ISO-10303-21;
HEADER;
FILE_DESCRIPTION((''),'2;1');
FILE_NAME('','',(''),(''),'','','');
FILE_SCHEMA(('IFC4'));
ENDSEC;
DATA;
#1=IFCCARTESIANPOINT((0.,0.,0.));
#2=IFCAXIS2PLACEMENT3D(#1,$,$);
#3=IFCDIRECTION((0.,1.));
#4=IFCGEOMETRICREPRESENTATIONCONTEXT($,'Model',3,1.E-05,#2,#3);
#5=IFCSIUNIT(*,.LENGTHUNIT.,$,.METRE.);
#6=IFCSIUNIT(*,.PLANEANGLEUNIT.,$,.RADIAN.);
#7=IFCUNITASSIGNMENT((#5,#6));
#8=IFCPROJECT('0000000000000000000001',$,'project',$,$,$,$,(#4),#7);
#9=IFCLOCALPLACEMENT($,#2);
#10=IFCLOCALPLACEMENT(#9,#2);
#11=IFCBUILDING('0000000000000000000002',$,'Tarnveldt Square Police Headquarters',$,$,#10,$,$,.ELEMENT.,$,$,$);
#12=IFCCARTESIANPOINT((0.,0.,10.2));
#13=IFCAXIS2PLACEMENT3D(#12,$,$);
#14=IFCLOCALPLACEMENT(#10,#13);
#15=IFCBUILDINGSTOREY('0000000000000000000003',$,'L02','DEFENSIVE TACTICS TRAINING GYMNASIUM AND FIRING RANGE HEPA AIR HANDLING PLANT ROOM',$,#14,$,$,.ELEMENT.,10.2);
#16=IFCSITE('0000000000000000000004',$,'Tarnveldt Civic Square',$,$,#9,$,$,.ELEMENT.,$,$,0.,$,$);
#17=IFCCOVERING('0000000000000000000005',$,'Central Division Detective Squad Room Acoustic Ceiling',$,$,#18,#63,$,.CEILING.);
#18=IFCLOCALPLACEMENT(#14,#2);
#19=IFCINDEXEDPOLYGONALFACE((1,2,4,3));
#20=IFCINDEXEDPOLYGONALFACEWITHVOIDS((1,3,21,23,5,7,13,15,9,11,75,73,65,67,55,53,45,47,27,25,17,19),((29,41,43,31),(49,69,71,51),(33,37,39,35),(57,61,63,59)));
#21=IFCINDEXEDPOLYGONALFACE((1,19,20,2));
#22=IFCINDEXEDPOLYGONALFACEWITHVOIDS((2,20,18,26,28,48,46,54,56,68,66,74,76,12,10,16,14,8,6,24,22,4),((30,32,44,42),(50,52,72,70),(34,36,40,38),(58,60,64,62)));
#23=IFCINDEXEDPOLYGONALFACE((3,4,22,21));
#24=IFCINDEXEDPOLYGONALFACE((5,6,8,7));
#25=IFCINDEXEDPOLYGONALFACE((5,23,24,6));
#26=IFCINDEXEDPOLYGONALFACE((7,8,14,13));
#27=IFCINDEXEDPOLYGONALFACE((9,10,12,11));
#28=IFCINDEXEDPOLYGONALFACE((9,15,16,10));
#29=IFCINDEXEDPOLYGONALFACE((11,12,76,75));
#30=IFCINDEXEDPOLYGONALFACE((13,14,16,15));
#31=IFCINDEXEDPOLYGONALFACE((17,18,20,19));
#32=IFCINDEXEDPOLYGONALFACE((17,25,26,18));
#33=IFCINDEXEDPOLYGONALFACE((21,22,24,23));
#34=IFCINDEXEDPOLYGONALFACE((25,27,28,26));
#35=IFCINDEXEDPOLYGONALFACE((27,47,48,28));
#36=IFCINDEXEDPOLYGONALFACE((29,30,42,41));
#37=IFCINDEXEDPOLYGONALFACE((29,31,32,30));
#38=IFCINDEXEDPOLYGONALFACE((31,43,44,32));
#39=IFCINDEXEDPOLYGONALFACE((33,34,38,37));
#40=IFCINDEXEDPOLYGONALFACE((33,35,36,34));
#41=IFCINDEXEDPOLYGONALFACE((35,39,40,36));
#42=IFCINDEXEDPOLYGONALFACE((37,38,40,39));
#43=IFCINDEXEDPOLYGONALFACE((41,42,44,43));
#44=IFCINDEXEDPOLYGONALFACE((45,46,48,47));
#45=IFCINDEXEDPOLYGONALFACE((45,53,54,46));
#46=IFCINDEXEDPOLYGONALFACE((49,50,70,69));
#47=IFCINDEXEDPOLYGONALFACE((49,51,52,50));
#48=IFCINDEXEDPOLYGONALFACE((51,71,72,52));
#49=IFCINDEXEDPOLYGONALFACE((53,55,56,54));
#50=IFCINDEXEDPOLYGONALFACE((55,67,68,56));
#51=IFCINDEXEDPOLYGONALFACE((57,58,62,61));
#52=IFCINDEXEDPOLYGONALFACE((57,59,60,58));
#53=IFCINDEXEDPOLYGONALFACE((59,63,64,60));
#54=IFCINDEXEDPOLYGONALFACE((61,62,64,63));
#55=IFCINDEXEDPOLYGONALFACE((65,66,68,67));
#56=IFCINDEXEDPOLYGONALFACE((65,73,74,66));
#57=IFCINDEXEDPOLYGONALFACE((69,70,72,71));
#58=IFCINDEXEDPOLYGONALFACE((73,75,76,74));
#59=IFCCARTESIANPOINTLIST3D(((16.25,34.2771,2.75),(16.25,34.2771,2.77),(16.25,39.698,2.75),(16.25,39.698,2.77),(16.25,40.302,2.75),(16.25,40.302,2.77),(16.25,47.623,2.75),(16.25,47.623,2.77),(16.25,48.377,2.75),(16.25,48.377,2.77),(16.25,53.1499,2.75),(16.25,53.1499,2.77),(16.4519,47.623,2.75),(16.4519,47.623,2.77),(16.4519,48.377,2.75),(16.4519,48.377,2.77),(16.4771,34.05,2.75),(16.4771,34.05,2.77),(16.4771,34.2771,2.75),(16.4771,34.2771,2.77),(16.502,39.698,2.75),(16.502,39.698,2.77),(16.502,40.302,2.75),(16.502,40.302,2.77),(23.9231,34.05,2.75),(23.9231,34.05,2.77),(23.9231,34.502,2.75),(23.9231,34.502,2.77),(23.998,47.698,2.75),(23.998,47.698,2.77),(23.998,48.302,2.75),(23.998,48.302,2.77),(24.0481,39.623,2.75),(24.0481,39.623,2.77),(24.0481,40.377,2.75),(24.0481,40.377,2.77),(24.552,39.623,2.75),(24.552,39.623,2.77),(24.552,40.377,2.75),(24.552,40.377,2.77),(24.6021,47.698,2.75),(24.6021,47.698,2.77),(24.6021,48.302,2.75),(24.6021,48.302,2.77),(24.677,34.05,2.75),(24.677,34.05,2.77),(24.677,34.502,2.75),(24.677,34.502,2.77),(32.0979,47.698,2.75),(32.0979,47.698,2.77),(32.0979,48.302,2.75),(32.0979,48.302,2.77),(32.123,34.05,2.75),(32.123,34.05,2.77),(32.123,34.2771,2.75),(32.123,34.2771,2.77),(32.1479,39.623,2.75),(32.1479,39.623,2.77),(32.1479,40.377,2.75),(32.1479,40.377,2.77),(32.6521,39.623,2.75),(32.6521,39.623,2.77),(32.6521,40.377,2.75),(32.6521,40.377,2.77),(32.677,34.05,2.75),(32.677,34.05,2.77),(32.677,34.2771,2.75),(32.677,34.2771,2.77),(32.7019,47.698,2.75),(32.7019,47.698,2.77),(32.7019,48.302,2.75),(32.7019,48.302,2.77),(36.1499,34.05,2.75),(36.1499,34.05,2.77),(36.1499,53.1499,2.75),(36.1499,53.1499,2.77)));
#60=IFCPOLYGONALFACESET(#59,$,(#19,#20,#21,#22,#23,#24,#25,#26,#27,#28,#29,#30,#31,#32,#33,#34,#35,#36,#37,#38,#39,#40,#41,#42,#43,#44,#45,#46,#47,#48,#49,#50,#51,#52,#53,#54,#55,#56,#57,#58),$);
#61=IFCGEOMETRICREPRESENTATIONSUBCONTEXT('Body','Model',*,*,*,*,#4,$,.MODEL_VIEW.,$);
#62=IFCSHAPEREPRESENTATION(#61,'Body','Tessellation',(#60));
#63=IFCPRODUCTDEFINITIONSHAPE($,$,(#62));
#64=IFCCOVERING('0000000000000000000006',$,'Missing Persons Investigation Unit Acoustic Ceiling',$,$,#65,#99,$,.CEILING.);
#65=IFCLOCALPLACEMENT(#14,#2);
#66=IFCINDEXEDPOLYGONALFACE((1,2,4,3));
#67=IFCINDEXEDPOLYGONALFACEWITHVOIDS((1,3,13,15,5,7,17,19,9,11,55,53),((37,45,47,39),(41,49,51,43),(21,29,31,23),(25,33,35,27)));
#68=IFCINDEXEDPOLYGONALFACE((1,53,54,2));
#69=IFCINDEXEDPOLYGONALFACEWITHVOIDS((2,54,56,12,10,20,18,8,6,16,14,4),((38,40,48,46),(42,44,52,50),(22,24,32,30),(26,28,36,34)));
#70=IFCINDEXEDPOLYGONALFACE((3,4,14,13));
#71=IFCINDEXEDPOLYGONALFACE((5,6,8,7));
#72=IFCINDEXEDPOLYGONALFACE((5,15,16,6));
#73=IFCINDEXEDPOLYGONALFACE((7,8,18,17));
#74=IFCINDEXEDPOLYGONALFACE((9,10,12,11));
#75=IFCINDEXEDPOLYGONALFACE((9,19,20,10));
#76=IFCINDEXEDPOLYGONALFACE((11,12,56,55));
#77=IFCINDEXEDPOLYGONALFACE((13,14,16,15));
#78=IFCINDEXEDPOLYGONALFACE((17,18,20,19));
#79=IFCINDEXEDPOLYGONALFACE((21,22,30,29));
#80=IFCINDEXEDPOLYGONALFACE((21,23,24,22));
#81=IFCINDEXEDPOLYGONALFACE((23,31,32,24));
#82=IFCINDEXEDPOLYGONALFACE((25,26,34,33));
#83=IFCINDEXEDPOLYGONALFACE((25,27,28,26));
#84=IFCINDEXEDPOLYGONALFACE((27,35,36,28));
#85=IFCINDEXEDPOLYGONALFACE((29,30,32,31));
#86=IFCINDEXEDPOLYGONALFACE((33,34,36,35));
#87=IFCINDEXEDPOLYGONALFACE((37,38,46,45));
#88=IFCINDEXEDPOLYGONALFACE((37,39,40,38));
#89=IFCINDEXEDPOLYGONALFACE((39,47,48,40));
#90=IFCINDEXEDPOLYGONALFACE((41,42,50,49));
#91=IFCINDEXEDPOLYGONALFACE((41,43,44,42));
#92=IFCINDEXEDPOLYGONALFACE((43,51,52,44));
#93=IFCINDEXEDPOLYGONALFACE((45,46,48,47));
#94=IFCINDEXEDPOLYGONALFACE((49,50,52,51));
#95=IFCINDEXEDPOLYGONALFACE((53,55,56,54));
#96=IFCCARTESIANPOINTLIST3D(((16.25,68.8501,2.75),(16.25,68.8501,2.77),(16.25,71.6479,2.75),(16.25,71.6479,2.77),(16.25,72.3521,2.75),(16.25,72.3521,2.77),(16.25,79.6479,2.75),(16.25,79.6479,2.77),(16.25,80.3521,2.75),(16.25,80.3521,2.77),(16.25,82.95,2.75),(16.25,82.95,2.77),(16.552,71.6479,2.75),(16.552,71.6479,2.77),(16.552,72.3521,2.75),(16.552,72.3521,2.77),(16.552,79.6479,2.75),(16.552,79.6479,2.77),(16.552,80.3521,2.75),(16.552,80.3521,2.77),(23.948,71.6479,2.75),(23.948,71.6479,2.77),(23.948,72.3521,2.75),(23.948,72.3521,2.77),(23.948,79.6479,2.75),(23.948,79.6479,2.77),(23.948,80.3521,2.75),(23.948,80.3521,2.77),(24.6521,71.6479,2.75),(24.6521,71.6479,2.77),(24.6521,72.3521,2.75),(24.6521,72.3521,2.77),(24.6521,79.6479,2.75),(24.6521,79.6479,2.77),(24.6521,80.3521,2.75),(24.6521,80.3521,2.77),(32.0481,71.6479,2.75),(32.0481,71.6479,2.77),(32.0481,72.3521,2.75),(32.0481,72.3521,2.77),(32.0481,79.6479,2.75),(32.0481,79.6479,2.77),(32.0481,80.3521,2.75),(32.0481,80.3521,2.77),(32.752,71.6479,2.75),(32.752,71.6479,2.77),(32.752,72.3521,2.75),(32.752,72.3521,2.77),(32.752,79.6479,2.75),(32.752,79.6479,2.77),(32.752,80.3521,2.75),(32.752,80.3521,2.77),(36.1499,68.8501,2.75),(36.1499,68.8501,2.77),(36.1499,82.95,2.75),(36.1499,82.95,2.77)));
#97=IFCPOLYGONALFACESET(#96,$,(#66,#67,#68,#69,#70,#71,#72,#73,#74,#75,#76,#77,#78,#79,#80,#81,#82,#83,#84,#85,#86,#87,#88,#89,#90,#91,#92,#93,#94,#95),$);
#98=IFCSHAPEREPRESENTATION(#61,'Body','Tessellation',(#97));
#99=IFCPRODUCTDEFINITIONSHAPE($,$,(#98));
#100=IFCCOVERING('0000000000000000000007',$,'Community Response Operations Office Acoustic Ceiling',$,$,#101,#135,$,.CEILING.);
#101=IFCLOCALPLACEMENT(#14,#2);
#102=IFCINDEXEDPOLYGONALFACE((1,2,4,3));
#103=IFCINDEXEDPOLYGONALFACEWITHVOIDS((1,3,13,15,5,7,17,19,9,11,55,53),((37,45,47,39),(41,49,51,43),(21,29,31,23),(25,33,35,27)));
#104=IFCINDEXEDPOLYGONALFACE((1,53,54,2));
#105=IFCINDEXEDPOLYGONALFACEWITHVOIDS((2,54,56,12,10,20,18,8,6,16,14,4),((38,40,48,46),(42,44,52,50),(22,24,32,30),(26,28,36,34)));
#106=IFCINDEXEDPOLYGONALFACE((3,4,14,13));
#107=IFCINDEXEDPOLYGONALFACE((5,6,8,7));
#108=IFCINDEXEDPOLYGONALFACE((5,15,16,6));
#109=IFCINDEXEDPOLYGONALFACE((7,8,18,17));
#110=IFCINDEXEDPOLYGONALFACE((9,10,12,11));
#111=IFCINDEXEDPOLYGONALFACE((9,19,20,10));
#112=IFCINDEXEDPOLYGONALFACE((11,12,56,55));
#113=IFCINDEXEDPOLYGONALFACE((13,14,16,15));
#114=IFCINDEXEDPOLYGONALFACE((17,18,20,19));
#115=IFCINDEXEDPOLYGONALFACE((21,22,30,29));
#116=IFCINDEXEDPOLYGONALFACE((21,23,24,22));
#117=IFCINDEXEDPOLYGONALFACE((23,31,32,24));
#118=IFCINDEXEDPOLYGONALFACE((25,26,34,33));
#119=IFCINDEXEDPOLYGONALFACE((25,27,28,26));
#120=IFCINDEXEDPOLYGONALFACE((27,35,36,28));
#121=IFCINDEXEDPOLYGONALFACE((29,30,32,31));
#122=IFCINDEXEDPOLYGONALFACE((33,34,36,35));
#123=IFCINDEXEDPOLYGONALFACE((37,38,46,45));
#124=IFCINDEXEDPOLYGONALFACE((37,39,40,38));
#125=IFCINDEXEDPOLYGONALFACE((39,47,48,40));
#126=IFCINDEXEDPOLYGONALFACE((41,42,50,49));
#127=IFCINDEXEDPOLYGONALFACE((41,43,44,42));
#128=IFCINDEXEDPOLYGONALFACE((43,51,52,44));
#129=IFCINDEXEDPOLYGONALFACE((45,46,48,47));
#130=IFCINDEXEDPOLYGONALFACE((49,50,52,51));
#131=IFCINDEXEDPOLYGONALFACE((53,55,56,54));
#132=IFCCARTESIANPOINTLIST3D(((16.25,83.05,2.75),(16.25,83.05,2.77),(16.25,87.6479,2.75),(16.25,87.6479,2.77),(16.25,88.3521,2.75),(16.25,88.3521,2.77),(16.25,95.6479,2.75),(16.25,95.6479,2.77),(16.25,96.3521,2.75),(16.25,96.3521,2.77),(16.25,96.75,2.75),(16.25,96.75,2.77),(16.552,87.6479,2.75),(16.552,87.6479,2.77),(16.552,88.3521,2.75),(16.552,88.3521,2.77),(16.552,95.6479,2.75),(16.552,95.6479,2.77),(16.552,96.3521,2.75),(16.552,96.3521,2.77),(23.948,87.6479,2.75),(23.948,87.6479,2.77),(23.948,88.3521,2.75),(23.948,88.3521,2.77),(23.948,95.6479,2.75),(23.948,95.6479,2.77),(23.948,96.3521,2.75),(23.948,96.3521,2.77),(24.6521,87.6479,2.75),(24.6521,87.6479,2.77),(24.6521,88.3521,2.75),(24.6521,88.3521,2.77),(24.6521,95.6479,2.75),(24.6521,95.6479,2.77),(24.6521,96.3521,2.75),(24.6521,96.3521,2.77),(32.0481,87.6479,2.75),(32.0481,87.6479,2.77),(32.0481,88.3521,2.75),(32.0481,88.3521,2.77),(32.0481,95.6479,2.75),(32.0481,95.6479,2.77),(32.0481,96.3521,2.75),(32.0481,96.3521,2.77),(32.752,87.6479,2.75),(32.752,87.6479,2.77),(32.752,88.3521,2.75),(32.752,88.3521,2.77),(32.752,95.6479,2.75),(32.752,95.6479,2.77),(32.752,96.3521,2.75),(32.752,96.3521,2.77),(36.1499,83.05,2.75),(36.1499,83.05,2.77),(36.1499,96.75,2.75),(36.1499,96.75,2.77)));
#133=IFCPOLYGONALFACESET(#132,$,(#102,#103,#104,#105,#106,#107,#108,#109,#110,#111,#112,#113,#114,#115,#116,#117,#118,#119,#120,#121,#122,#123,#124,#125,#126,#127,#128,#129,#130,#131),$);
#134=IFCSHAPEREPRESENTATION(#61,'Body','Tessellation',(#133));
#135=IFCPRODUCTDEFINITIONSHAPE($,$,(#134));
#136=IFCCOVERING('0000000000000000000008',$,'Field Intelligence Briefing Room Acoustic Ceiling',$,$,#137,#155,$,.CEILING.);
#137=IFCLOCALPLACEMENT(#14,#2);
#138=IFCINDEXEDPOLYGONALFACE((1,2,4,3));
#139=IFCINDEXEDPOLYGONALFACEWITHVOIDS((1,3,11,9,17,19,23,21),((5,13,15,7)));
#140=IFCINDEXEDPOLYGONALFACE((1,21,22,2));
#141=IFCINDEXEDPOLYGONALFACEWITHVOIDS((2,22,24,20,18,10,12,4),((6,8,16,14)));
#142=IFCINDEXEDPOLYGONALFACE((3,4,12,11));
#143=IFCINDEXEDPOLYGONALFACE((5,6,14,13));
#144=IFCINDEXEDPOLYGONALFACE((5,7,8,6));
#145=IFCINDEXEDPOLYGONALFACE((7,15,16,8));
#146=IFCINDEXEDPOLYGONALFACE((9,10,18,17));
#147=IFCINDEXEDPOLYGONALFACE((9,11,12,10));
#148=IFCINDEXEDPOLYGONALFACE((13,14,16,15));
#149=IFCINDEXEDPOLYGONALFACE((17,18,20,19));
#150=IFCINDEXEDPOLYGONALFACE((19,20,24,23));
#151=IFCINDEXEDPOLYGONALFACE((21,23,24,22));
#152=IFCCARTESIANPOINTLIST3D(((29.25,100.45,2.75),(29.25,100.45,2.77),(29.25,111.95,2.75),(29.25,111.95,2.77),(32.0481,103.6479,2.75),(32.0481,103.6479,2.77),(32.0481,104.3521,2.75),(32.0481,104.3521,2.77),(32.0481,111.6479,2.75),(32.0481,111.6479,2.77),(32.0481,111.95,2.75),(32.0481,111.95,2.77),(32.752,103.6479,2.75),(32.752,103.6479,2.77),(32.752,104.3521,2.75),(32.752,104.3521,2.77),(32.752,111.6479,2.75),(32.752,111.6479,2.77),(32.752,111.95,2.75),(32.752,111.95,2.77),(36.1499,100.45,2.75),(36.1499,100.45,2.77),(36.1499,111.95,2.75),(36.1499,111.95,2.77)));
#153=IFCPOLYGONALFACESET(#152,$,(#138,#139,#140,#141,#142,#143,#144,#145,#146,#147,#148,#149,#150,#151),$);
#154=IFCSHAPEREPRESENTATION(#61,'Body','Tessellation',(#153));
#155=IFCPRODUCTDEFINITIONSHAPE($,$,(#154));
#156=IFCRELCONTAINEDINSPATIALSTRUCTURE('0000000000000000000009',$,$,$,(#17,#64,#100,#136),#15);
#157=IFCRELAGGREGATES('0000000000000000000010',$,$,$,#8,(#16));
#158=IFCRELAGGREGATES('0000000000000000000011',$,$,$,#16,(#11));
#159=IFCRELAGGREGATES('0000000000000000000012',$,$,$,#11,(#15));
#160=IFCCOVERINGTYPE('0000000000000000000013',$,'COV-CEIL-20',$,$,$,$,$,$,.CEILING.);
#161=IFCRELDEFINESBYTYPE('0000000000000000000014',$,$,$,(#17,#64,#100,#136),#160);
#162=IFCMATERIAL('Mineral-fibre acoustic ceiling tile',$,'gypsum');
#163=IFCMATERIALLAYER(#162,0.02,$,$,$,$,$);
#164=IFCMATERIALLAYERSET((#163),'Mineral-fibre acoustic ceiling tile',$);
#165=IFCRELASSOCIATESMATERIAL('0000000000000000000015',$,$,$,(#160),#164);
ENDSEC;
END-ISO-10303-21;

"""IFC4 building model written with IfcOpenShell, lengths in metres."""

from ifc_helpers import new_model, si_unit, direction, frame, origin, place, context, subcontext, project, spatial, polyline, outline, extrude, material, layer, layer_set, type_object, element, save


model = new_model("IFC4")

# Units and contexts
model_context = context("Model", 3, precision=1e-05, world=origin(), true_north=direction((0.0, 1.0)))
body_context = subcontext(model_context, "Body", "Model", "MODEL_VIEW")
ifc_project = project(units=[si_unit("LENGTHUNIT", "METRE"), si_unit("PLANEANGLEUNIT", "RADIAN")], contexts=[model_context])

# Site, building, storey
site_placement = place(None, origin())
site = spatial("IfcSite", under=ifc_project, at=site_placement, Name="Tarnveldt Civic Square", CompositionType="ELEMENT", RefElevation=0.0)
building_placement = place(site_placement, origin())
building = spatial("IfcBuilding", under=site, at=building_placement, Name="Tarnveldt Square Police Headquarters", CompositionType="ELEMENT")
storey_placement = place(building_placement, frame((0.0, 0.0, 10.2)))
storey = spatial("IfcBuildingStorey", under=building, at=storey_placement, Name="L02", Description="DEFENSIVE TACTICS TRAINING GYMNASIUM AND FIRING RANGE HEPA AIR HANDLING PLANT ROOM", CompositionType="ELEMENT", Elevation=10.2)

# Coverings
ifc_material_1 = material(Name="Mineral-fibre acoustic ceiling tile", Category="gypsum")
ifc_layer_1 = layer(ifc_material_1, 0.02)
ifc_layer_set_1 = layer_set([ifc_layer_1], Name="Mineral-fibre acoustic ceiling tile")
covering_type_1 = type_object("IfcCoveringType", Name="COV-CEIL-20", PredefinedType="CEILING", material=ifc_layer_set_1)
covering_1_placement = place(storey_placement, frame((0.0, 0.0, 2.75)))
element("IfcCovering", 1, at=covering_1_placement, inside=storey, type_object=covering_type_1, Name="Central Division Detective Squad Room Acoustic Ceiling", PredefinedType="CEILING", context=body_context, shape_type="SweptSolid", body=[
    extrude(outline(polyline([(16.25, 53.1499), (36.1499, 53.1499), (36.1499, 34.05), (32.677, 34.05), (32.677, 34.2771), (32.123, 34.2771), (32.123, 34.05), (24.677, 34.05), (24.677, 34.502), (23.9231, 34.502), (23.9231, 34.05), (16.4771, 34.05), (16.4771, 34.2771), (16.25, 34.2771), (16.25, 39.698), (16.502, 39.698), (16.502, 40.302), (16.25, 40.302), (16.25, 47.623), (16.4519, 47.623), (16.4519, 48.377), (16.25, 48.377), (16.25, 53.1499)]), holes=[polyline([(32.0979, 48.302), (32.0979, 47.698), (32.7019, 47.698), (32.7019, 48.302), (32.0979, 48.302)]), polyline([(32.6521, 40.377), (32.1479, 40.377), (32.1479, 39.623), (32.6521, 39.623), (32.6521, 40.377)]), polyline([(24.6021, 48.302), (23.998, 48.302), (23.998, 47.698), (24.6021, 47.698), (24.6021, 48.302)]), polyline([(24.552, 40.377), (24.0481, 40.377), (24.0481, 39.623), (24.552, 39.623), (24.552, 40.377)])]), origin(), (0.0, 0.0, 1.0), 0.02),
])
covering_2_placement = place(storey_placement, frame((0.0, 0.0, 2.75)))
element("IfcCovering", 2, at=covering_2_placement, inside=storey, type_object=covering_type_1, Name="Missing Persons Investigation Unit Acoustic Ceiling", PredefinedType="CEILING", context=body_context, shape_type="SweptSolid", body=[
    extrude(outline(polyline([(16.25, 82.95), (36.1499, 82.95), (36.1499, 68.8501), (16.25, 68.8501), (16.25, 71.6479), (16.552, 71.6479), (16.552, 72.3521), (16.25, 72.3521), (16.25, 79.6479), (16.552, 79.6479), (16.552, 80.3521), (16.25, 80.3521), (16.25, 82.95)]), holes=[polyline([(32.752, 80.3521), (32.0481, 80.3521), (32.0481, 79.6479), (32.752, 79.6479), (32.752, 80.3521)]), polyline([(32.0481, 72.3521), (32.0481, 71.6479), (32.752, 71.6479), (32.752, 72.3521), (32.0481, 72.3521)]), polyline([(24.6521, 72.3521), (23.948, 72.3521), (23.948, 71.6479), (24.6521, 71.6479), (24.6521, 72.3521)]), polyline([(23.948, 80.3521), (23.948, 79.6479), (24.6521, 79.6479), (24.6521, 80.3521), (23.948, 80.3521)])]), origin(), (0.0, 0.0, 1.0), 0.02),
])
covering_3_placement = place(storey_placement, frame((0.0, 0.0, 2.75)))
element("IfcCovering", 3, at=covering_3_placement, inside=storey, type_object=covering_type_1, Name="Community Response Operations Office Acoustic Ceiling", PredefinedType="CEILING", context=body_context, shape_type="SweptSolid", body=[
    extrude(outline(polyline([(16.25, 96.75), (36.1499, 96.75), (36.1499, 83.05), (16.25, 83.05), (16.25, 87.6479), (16.552, 87.6479), (16.552, 88.3521), (16.25, 88.3521), (16.25, 95.6479), (16.552, 95.6479), (16.552, 96.3521), (16.25, 96.3521), (16.25, 96.75)]), holes=[polyline([(32.752, 96.3521), (32.0481, 96.3521), (32.0481, 95.6479), (32.752, 95.6479), (32.752, 96.3521)]), polyline([(32.752, 88.3521), (32.0481, 88.3521), (32.0481, 87.6479), (32.752, 87.6479), (32.752, 88.3521)]), polyline([(23.948, 88.3521), (23.948, 87.6479), (24.6521, 87.6479), (24.6521, 88.3521), (23.948, 88.3521)]), polyline([(24.6521, 96.3521), (23.948, 96.3521), (23.948, 95.6479), (24.6521, 95.6479), (24.6521, 96.3521)])]), origin(), (0.0, 0.0, 1.0), 0.02),
])
covering_4_placement = place(storey_placement, frame((0.0, 0.0, 2.75)))
element("IfcCovering", 4, at=covering_4_placement, inside=storey, type_object=covering_type_1, Name="Field Intelligence Briefing Room Acoustic Ceiling", PredefinedType="CEILING", context=body_context, shape_type="SweptSolid", body=[
    extrude(outline(polyline([(36.1499, 111.95), (36.1499, 100.45), (29.25, 100.45), (29.25, 111.95), (32.0481, 111.95), (32.0481, 111.6479), (32.752, 111.6479), (32.752, 111.95), (36.1499, 111.95)]), holes=[polyline([(32.0481, 104.3521), (32.0481, 103.6479), (32.752, 103.6479), (32.752, 104.3521), (32.0481, 104.3521)])]), origin(), (0.0, 0.0, 1.0), 0.02),
])

save(model, "model.ifc")
